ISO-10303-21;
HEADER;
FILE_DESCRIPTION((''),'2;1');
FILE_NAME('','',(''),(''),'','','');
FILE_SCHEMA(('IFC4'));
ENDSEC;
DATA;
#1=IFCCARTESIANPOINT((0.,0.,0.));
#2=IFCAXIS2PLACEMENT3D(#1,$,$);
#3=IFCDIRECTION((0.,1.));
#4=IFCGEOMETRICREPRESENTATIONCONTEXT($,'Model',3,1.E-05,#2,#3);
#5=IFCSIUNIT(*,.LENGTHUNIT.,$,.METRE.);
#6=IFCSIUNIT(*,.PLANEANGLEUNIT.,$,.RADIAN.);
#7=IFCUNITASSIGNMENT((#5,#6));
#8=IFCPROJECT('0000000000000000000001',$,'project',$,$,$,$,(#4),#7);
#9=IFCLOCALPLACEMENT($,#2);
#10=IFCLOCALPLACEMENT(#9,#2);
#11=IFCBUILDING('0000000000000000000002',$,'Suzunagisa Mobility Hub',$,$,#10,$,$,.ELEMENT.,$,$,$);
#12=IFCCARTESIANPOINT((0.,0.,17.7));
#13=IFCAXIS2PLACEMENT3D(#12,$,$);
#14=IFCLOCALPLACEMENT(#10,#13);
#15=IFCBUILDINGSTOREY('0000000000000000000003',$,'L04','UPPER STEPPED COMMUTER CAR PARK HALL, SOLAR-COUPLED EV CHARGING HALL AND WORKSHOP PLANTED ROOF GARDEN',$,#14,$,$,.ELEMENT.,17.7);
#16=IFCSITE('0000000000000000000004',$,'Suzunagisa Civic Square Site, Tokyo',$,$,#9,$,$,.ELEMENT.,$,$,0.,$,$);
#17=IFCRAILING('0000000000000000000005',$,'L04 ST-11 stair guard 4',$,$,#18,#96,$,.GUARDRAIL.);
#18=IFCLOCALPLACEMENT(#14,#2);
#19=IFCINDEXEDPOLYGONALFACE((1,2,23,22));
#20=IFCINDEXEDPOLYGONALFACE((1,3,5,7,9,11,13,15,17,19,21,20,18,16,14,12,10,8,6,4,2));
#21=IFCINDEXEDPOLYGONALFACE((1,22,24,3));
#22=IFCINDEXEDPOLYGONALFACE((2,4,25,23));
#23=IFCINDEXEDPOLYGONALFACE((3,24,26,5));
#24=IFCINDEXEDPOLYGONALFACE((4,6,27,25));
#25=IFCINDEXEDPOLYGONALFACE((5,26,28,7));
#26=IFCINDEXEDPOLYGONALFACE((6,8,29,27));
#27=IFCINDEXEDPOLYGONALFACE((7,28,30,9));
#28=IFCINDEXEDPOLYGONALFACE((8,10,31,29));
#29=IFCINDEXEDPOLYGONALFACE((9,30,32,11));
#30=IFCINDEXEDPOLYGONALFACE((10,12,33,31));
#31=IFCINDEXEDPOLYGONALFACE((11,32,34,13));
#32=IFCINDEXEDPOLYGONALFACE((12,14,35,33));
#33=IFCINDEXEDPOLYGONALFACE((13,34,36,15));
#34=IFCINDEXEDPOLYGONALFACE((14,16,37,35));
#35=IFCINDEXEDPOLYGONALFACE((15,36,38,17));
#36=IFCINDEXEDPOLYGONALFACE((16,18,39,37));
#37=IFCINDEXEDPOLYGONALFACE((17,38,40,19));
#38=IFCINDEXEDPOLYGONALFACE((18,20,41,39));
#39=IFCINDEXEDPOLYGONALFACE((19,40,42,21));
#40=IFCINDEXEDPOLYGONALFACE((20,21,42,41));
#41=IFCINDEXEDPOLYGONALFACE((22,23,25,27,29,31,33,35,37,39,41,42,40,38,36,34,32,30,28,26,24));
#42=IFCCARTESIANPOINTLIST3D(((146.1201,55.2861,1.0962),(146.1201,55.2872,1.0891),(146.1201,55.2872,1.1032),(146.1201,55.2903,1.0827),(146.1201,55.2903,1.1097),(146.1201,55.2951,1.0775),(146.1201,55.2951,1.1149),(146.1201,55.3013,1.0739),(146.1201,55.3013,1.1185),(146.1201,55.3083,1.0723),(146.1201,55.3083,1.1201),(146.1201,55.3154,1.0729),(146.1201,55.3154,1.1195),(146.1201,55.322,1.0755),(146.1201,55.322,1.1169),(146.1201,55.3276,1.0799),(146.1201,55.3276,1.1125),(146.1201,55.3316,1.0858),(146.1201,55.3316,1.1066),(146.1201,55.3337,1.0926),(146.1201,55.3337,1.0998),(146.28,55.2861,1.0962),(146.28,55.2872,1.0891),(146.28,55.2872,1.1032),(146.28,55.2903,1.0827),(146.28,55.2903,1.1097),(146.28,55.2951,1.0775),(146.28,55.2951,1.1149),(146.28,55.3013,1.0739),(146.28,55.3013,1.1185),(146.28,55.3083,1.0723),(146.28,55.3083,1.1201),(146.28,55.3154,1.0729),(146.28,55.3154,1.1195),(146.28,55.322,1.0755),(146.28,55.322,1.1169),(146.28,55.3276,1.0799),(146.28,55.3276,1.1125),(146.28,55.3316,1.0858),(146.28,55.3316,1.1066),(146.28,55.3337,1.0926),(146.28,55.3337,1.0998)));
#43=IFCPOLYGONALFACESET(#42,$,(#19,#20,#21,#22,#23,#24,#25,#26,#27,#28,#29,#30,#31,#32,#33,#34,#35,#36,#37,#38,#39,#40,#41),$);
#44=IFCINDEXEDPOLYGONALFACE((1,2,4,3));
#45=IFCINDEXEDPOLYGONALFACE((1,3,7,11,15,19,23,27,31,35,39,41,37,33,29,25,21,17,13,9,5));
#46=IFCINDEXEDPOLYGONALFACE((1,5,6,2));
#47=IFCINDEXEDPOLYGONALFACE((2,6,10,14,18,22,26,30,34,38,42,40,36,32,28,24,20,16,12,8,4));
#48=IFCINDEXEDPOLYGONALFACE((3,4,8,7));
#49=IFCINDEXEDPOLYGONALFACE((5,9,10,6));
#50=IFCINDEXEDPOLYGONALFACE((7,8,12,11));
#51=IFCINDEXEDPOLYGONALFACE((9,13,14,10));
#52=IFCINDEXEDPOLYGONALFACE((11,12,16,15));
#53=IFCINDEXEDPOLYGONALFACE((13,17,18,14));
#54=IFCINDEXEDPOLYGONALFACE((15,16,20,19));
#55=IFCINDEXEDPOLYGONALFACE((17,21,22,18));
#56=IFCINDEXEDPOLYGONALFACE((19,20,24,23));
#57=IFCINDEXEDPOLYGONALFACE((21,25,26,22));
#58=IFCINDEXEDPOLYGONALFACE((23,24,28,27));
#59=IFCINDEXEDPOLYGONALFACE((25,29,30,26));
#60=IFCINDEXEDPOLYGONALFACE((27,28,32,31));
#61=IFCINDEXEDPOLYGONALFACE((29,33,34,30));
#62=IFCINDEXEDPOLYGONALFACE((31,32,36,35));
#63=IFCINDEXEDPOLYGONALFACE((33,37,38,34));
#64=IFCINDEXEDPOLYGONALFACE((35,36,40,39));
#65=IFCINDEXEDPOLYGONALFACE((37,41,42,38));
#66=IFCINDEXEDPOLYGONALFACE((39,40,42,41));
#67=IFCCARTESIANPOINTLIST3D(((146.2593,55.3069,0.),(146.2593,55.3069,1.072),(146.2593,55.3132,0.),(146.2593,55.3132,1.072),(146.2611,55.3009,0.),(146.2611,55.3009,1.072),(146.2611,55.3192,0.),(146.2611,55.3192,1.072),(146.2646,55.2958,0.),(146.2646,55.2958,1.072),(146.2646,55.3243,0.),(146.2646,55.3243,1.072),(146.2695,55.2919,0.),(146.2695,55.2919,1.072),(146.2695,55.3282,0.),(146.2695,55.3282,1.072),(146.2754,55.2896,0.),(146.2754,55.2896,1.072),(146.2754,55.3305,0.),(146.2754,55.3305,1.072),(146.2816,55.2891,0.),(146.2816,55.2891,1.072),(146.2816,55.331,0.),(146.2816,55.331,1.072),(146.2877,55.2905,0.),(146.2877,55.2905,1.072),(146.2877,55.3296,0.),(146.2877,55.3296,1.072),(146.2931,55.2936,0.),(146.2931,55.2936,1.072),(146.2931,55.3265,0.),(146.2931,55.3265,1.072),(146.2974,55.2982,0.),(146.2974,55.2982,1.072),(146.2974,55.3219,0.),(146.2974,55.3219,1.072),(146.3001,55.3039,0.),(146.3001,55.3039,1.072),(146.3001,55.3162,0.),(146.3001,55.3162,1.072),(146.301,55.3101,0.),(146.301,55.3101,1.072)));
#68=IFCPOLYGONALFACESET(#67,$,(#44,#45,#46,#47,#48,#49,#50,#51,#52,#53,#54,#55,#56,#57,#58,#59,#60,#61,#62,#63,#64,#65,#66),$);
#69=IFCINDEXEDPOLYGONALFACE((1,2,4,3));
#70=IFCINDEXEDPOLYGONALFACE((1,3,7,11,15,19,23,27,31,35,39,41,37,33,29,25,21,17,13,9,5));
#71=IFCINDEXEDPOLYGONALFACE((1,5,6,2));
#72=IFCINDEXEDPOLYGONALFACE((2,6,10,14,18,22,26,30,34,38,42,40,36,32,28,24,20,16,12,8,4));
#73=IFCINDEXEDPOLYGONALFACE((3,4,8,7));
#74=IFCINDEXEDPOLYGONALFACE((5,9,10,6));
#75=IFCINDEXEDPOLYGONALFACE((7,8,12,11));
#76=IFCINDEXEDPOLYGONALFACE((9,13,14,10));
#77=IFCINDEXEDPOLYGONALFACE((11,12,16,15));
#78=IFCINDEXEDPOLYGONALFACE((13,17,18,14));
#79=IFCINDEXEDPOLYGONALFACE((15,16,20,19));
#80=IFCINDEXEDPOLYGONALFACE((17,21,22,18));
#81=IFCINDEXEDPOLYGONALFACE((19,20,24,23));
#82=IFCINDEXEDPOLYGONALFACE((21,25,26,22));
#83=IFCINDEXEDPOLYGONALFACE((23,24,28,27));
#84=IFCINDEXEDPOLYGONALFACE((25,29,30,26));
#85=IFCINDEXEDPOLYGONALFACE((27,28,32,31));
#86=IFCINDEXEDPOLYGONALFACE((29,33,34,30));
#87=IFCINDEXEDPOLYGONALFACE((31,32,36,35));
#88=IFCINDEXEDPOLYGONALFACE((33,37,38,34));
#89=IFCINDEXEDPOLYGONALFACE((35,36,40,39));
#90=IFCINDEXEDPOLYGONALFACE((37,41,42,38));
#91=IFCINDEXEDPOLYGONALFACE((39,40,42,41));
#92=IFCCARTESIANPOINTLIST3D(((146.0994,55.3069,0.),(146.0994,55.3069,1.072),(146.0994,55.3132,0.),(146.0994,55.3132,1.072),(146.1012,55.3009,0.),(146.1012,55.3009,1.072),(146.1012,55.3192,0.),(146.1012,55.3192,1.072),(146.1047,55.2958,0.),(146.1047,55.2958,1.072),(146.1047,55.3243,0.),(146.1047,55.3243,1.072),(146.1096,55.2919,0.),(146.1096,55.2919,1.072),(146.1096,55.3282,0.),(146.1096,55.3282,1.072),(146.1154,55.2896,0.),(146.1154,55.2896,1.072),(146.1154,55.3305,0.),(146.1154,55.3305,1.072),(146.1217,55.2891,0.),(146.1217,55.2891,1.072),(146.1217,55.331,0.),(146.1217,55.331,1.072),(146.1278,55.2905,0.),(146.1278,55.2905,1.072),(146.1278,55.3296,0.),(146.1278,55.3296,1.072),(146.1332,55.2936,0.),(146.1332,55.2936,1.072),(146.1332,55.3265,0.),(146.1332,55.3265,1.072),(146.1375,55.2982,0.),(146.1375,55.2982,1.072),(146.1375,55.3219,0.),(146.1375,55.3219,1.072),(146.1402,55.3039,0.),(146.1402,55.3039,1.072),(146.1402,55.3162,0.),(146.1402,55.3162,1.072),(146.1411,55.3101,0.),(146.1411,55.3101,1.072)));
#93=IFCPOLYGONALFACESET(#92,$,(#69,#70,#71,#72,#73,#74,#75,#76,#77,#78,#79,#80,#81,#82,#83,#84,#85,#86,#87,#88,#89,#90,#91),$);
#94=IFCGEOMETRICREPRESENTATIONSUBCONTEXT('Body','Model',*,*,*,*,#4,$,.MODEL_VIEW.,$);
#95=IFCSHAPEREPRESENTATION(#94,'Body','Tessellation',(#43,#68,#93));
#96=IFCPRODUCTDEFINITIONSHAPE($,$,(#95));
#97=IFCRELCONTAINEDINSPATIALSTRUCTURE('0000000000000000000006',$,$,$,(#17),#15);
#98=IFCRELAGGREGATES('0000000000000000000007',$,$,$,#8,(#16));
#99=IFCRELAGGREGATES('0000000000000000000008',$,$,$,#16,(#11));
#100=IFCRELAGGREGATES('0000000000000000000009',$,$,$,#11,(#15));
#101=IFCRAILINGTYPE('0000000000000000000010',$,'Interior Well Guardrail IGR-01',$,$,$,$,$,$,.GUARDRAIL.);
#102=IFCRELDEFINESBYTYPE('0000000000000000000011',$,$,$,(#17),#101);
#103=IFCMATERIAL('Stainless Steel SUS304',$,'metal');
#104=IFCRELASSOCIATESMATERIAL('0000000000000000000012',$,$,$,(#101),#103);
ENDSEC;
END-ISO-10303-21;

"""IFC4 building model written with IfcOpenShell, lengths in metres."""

from ifc_helpers import new_model, si_unit, direction, frame, origin, origin_2d, place, context, subcontext, project, spatial, circle, extrude, material, type_object, element, save


model = new_model("IFC4")

# Units and contexts
model_context = context("Model", 3, precision=1e-05, world=origin(), true_north=direction((0.0, 1.0)))
body_context = subcontext(model_context, "Body", "Model", "MODEL_VIEW")
ifc_project = project(units=[si_unit("LENGTHUNIT", "METRE"), si_unit("PLANEANGLEUNIT", "RADIAN")], contexts=[model_context])

# Site, building, storey
site_placement = place(None, origin())
site = spatial("IfcSite", under=ifc_project, at=site_placement, Name="Suzunagisa Civic Square Site, Tokyo", CompositionType="ELEMENT", RefElevation=0.0)
building_placement = place(site_placement, origin())
building = spatial("IfcBuilding", under=site, at=building_placement, Name="Suzunagisa Mobility Hub", CompositionType="ELEMENT")
storey_placement = place(building_placement, frame((0.0, 0.0, 17.7)))
storey = spatial("IfcBuildingStorey", under=building, at=storey_placement, Name="L04", Description="UPPER STEPPED COMMUTER CAR PARK HALL, SOLAR-COUPLED EV CHARGING HALL AND WORKSHOP PLANTED ROOF GARDEN", CompositionType="ELEMENT", Elevation=17.7)

# Railing
ifc_material_1 = material(Name="Stainless Steel SUS304", Category="metal")
railing_type_1 = type_object("IfcRailingType", Name="Interior Well Guardrail IGR-01", PredefinedType="GUARDRAIL", material=ifc_material_1)
railing_1_placement = place(storey_placement, frame((146.28, 55.3101, 0.0)))
element("IfcRailing", 1, at=railing_1_placement, inside=storey, type_object=railing_type_1, Name="L04 ST-11 stair guard 4", PredefinedType="GUARDRAIL", context=body_context, shape_type="SweptSolid", body=[
    extrude(circle(Radius=0.0239, at=origin_2d()), frame((0.0, 0.0, 1.0962), z_axis=(-1.0, 0.0, 0.0), x_axis=(0.0, -1.0, 0.0)), (0.0, 0.0, 1.0), 0.1599),
    extrude(circle(Radius=0.021, at=origin_2d()), origin(), (0.0, 0.0, 1.0), 1.072),
    extrude(circle(Radius=0.021, at=origin_2d()), frame((-0.1599, 0.0, 0.0)), (0.0, 0.0, 1.0), 1.072),
])

save(model, "model.ifc")
